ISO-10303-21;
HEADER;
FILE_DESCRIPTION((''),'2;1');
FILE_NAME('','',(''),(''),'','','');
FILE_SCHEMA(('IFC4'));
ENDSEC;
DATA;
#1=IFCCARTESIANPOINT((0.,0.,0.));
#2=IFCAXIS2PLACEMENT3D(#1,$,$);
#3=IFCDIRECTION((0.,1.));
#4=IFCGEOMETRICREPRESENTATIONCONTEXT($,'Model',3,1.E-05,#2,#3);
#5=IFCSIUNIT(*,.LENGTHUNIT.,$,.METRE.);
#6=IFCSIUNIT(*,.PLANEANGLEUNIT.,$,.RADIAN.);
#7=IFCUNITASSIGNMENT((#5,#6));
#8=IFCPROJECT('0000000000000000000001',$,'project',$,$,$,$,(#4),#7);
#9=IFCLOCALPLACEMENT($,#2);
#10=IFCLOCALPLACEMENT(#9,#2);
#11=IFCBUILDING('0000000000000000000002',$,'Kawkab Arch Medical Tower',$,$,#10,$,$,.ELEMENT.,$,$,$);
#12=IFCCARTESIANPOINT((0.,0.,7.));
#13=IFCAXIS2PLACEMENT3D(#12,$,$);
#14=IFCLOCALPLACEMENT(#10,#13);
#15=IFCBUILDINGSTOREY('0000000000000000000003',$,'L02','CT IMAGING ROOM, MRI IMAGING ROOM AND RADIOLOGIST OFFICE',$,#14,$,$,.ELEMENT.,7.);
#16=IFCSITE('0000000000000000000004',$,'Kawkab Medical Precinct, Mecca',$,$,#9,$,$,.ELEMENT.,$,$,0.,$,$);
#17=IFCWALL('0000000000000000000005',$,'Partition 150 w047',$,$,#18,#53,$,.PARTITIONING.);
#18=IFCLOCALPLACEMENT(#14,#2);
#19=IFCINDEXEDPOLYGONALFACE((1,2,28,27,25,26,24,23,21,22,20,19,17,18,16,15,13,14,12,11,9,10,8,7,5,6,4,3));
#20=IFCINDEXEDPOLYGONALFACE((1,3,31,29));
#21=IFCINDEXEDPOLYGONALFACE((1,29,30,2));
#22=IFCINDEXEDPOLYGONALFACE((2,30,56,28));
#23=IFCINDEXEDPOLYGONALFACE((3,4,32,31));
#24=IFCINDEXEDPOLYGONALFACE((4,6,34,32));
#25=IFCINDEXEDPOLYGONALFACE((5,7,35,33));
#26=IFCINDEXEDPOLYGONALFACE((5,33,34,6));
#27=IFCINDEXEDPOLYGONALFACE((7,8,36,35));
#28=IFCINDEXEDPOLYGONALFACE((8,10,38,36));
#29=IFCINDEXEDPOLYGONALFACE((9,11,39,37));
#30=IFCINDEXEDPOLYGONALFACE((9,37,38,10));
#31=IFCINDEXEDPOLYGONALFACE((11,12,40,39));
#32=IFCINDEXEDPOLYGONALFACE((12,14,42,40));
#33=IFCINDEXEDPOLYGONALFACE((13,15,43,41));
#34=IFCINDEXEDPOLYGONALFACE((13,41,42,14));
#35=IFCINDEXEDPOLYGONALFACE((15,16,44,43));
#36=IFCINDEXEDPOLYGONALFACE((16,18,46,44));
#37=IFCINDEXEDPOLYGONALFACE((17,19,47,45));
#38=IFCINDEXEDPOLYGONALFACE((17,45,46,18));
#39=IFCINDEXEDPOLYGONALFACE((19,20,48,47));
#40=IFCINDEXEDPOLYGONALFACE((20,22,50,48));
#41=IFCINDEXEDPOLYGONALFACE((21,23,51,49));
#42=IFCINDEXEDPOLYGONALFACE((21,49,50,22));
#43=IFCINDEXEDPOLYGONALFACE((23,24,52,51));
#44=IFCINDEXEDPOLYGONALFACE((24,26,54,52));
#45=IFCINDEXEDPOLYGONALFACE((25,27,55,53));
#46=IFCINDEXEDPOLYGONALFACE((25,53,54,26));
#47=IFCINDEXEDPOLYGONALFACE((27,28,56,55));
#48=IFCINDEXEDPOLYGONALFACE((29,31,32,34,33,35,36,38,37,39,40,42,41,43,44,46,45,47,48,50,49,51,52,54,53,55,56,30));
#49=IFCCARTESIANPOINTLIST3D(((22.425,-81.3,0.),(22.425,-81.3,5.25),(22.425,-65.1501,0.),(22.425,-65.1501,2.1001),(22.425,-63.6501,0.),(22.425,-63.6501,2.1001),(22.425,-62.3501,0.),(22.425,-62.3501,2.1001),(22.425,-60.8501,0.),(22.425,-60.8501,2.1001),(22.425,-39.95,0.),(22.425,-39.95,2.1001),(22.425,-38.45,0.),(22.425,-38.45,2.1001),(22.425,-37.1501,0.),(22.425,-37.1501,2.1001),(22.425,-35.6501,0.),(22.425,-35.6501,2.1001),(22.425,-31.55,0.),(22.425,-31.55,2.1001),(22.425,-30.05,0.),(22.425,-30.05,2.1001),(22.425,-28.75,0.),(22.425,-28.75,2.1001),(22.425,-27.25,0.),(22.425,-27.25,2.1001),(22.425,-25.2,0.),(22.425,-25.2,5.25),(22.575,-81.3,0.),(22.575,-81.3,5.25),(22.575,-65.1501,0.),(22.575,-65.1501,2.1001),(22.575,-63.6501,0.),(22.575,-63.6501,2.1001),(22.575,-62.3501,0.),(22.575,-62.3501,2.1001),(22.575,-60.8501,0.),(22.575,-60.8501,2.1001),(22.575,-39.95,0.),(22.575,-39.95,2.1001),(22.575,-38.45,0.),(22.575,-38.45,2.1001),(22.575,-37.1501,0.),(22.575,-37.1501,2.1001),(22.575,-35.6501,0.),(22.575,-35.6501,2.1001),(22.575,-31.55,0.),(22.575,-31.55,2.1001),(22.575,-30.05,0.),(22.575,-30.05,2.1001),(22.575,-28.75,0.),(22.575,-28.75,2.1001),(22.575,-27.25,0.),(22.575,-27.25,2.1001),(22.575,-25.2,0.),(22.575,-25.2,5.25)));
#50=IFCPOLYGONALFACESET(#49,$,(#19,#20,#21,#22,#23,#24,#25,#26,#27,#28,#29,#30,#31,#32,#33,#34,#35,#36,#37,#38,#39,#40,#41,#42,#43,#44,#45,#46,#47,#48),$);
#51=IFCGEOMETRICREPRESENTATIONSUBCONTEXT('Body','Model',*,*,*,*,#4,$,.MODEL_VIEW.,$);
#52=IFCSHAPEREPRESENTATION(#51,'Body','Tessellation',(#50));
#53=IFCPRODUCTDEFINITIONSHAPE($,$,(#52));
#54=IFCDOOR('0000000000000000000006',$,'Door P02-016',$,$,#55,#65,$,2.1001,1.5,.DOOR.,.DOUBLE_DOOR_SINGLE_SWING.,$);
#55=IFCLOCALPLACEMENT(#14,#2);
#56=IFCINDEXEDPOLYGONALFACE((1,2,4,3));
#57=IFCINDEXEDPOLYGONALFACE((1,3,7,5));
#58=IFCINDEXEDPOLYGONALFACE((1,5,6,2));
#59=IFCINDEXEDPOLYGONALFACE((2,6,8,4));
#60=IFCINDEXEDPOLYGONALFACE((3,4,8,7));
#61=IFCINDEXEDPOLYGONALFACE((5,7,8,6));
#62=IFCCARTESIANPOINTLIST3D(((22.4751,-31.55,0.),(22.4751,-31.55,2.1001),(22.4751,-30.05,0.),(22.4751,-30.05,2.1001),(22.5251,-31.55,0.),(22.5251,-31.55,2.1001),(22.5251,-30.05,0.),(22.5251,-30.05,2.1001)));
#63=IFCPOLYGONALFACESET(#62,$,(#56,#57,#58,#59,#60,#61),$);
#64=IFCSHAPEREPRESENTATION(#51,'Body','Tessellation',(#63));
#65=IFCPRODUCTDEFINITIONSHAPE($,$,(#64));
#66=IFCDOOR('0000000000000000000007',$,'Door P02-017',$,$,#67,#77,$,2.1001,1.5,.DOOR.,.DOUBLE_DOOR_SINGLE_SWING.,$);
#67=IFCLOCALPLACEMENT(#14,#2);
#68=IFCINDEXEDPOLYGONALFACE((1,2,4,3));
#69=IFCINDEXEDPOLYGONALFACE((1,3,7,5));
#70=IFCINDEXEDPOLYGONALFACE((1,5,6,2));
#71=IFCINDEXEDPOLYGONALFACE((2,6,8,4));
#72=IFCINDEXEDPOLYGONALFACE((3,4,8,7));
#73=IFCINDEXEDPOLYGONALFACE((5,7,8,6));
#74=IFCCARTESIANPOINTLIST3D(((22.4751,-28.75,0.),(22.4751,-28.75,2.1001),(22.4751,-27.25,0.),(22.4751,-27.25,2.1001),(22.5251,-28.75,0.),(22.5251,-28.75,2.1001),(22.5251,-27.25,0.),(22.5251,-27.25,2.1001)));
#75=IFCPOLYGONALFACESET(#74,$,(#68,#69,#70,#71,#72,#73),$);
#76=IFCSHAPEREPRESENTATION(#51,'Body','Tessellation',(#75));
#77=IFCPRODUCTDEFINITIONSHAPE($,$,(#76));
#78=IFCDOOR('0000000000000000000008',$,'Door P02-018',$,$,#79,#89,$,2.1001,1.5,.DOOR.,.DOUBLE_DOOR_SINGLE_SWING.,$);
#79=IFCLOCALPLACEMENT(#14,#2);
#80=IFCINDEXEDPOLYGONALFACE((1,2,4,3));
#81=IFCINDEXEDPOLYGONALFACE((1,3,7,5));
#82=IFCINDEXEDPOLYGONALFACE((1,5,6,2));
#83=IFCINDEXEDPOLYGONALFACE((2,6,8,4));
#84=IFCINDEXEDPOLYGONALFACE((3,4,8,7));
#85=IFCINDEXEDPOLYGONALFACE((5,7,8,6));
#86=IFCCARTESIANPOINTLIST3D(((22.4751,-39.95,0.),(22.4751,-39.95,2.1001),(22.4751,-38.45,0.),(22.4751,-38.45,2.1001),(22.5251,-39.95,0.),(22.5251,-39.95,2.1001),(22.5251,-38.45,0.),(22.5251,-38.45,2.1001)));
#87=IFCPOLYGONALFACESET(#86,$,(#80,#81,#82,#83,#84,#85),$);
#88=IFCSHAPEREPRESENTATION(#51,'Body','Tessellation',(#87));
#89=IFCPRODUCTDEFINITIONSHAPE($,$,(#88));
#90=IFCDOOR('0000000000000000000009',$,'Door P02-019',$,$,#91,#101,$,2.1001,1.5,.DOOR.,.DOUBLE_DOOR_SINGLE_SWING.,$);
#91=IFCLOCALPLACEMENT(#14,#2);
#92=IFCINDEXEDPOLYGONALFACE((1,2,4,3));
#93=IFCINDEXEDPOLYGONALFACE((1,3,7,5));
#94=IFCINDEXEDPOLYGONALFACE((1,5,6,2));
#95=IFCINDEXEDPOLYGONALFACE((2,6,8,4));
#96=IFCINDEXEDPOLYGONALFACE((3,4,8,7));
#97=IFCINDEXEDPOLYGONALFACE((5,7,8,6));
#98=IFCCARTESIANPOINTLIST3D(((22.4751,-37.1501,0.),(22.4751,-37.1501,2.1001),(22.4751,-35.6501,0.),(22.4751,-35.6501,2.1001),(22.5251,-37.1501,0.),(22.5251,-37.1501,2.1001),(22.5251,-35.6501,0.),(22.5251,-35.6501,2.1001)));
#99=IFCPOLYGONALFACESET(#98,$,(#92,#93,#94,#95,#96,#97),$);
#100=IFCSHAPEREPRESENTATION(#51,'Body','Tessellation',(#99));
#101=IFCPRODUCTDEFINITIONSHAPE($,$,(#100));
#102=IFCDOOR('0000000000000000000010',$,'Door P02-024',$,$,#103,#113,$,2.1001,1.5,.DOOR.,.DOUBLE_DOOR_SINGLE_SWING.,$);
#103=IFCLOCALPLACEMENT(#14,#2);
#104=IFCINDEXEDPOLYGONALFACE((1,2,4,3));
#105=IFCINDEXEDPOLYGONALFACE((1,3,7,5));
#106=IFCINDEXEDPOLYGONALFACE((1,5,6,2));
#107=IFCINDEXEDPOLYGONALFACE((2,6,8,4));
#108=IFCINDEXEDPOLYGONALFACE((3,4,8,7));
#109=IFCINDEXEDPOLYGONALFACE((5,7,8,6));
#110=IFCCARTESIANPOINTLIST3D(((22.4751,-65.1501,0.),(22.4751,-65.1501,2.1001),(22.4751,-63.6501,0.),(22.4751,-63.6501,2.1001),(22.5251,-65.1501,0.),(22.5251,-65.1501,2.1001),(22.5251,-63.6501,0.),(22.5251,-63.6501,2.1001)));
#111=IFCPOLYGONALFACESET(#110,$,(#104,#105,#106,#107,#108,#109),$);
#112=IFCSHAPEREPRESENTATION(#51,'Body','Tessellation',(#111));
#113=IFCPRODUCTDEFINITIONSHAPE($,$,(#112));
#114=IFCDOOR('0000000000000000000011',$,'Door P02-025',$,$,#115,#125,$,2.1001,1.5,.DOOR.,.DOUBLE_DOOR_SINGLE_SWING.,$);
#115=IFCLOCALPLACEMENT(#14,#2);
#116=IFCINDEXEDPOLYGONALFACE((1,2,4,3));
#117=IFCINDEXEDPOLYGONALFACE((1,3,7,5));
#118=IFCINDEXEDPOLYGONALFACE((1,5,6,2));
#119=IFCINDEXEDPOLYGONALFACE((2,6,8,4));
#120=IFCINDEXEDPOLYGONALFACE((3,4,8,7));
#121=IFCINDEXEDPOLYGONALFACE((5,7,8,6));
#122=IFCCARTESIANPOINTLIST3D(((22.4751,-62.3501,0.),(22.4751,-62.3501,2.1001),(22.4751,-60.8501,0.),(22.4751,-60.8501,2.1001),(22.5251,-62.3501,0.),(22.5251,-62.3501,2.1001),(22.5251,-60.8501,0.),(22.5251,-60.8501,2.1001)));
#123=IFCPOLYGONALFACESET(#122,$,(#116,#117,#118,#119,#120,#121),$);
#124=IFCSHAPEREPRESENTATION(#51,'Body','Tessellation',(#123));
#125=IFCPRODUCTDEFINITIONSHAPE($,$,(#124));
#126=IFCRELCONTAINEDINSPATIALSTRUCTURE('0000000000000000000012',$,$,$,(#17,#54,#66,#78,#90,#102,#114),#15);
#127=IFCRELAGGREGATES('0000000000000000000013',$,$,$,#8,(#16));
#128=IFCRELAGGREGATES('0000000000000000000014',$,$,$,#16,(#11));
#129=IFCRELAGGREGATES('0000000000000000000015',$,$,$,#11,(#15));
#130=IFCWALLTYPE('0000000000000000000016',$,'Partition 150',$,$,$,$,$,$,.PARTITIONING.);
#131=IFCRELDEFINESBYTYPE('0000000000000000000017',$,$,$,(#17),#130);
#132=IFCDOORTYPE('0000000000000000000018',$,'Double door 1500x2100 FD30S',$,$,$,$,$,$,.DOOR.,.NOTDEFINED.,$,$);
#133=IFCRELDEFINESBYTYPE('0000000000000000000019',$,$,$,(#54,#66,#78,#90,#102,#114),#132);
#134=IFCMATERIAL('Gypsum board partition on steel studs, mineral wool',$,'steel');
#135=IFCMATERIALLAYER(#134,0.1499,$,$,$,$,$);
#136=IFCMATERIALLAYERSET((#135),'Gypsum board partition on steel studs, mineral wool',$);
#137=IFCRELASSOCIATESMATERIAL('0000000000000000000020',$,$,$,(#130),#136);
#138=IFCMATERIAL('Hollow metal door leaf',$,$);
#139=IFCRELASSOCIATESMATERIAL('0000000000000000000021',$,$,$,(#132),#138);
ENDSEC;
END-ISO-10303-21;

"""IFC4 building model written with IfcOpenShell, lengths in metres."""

from ifc_helpers import new_model, si_unit, direction, frame, frame_2d, origin, place, context, subcontext, project, spatial, rectangle, extrude, material, layer, layer_set, type_object, element, fill, save


model = new_model("IFC4")

# Units and contexts
model_context = context("Model", 3, precision=1e-05, world=origin(), true_north=direction((0.0, 1.0)))
body_context = subcontext(model_context, "Body", "Model", "MODEL_VIEW")
ifc_project = project(units=[si_unit("LENGTHUNIT", "METRE"), si_unit("PLANEANGLEUNIT", "RADIAN")], contexts=[model_context])

# Site, building, storey
site_placement = place(None, origin())
site = spatial("IfcSite", under=ifc_project, at=site_placement, Name="Kawkab Medical Precinct, Mecca", CompositionType="ELEMENT", RefElevation=0.0)
building_placement = place(site_placement, origin())
building = spatial("IfcBuilding", under=site, at=building_placement, Name="Kawkab Arch Medical Tower", CompositionType="ELEMENT")
storey_placement = place(building_placement, frame((0.0, 0.0, 7.0)))
storey = spatial("IfcBuildingStorey", under=building, at=storey_placement, Name="L02", Description="CT IMAGING ROOM, MRI IMAGING ROOM AND RADIOLOGIST OFFICE", CompositionType="ELEMENT", Elevation=7.0)

# Shared definitions
ifc_material_1 = material(Name="Gypsum board partition on steel studs, mineral wool", Category="steel")
ifc_layer_1 = layer(ifc_material_1, 0.1499)
ifc_layer_set_1 = layer_set([ifc_layer_1], Name="Gypsum board partition on steel studs, mineral wool")
wall_type_1 = type_object("IfcWallType", Name="Partition 150", PredefinedType="PARTITIONING", material=ifc_layer_set_1)

# Wall, openings, doors
wall_1_placement = place(storey_placement, frame((22.5, -81.3, 0.0), z_axis=(0.0, 0.0, 1.0), x_axis=(0.0, 1.0, 0.0)))
wall_1 = element("IfcWall", 1, at=wall_1_placement, inside=storey, type_object=wall_type_1, Name="Partition 150 w047", PredefinedType="PARTITIONING", context=body_context, shape_type="SweptSolid", body=[
    extrude(rectangle(XDim=56.1001, YDim=0.1499, at=frame_2d((28.05, 0.0))), origin(), (0.0, 0.0, 1.0), 5.25),
])
opening_1_placement = place(wall_1_placement, frame((49.75, 0.0, 0.0)))
opening_1 = element("IfcOpeningElement", 2, at=opening_1_placement, cuts=wall_1, PredefinedType="OPENING", context=body_context, shape_type="SweptSolid", body=[
    extrude(rectangle(XDim=1.5, YDim=2.1001, at=frame_2d((0.75, 1.05))), frame((0.0, 0.085, 0.0), z_axis=(0.0, -1.0, 0.0), x_axis=(1.0, 0.0, 0.0)), (0.0, 0.0, 1.0), 0.1699),
])
opening_2_placement = place(wall_1_placement, frame((52.55, 0.0, 0.0)))
opening_2 = element("IfcOpeningElement", 3, at=opening_2_placement, cuts=wall_1, PredefinedType="OPENING", context=body_context, shape_type="SweptSolid", body=[
    extrude(rectangle(XDim=1.5, YDim=2.1001, at=frame_2d((0.75, 1.05))), frame((0.0, 0.085, 0.0), z_axis=(0.0, -1.0, 0.0), x_axis=(1.0, 0.0, 0.0)), (0.0, 0.0, 1.0), 0.1699),
])
opening_3_placement = place(wall_1_placement, frame((41.3501, 0.0, 0.0)))
opening_3 = element("IfcOpeningElement", 4, at=opening_3_placement, cuts=wall_1, PredefinedType="OPENING", context=body_context, shape_type="SweptSolid", body=[
    extrude(rectangle(XDim=1.5, YDim=2.1001, at=frame_2d((0.75, 1.05))), frame((0.0, 0.085, 0.0), z_axis=(0.0, -1.0, 0.0), x_axis=(1.0, 0.0, 0.0)), (0.0, 0.0, 1.0), 0.1699),
])
opening_4_placement = place(wall_1_placement, frame((44.1499, 0.0, 0.0)))
opening_4 = element("IfcOpeningElement", 5, at=opening_4_placement, cuts=wall_1, PredefinedType="OPENING", context=body_context, shape_type="SweptSolid", body=[
    extrude(rectangle(XDim=1.5, YDim=2.1001, at=frame_2d((0.75, 1.05))), frame((0.0, 0.085, 0.0), z_axis=(0.0, -1.0, 0.0), x_axis=(1.0, 0.0, 0.0)), (0.0, 0.0, 1.0), 0.1699),
])
opening_5_placement = place(wall_1_placement, frame((16.1499, 0.0, 0.0)))
opening_5 = element("IfcOpeningElement", 6, at=opening_5_placement, cuts=wall_1, PredefinedType="OPENING", context=body_context, shape_type="SweptSolid", body=[
    extrude(rectangle(XDim=1.5, YDim=2.1001, at=frame_2d((0.75, 1.05))), frame((0.0, 0.085, 0.0), z_axis=(0.0, -1.0, 0.0), x_axis=(1.0, 0.0, 0.0)), (0.0, 0.0, 1.0), 0.1699),
])
opening_6_placement = place(wall_1_placement, frame((18.95, 0.0, 0.0)))
opening_6 = element("IfcOpeningElement", 7, at=opening_6_placement, cuts=wall_1, PredefinedType="OPENING", context=body_context, shape_type="SweptSolid", body=[
    extrude(rectangle(XDim=1.5, YDim=2.1001, at=frame_2d((0.75, 1.05))), frame((0.0, 0.085, 0.0), z_axis=(0.0, -1.0, 0.0), x_axis=(1.0, 0.0, 0.0)), (0.0, 0.0, 1.0), 0.1699),
])
ifc_material_2 = material(Name="Hollow metal door leaf")
door_type_1 = type_object("IfcDoorType", Name="Double door 1500x2100 FD30S", OperationType="NOTDEFINED", PredefinedType="DOOR", material=ifc_material_2)
door_1_placement = place(opening_1_placement, origin())
door_1 = element("IfcDoor", 8, at=door_1_placement, inside=storey, type_object=door_type_1, Name="Door P02-016", OperationType="DOUBLE_DOOR_SINGLE_SWING", OverallHeight=2.1001, OverallWidth=1.5, PredefinedType="DOOR", context=body_context, shape_type="SweptSolid", body=[
    extrude(rectangle(XDim=1.5, YDim=2.1001, at=frame_2d((0.75, 1.05))), frame((0.0, 0.0249, 0.0), z_axis=(0.0, -1.0, 0.0), x_axis=(1.0, 0.0, 0.0)), (0.0, 0.0, 1.0), 0.05),
])
fill(opening_1, door_1)
door_2_placement = place(opening_2_placement, origin())
door_2 = element("IfcDoor", 9, at=door_2_placement, inside=storey, type_object=door_type_1, Name="Door P02-017", OperationType="DOUBLE_DOOR_SINGLE_SWING", OverallHeight=2.1001, OverallWidth=1.5, PredefinedType="DOOR", context=body_context, shape_type="SweptSolid", body=[
    extrude(rectangle(XDim=1.5, YDim=2.1001, at=frame_2d((0.75, 1.05))), frame((0.0, 0.0249, 0.0), z_axis=(0.0, -1.0, 0.0), x_axis=(1.0, 0.0, 0.0)), (0.0, 0.0, 1.0), 0.05),
])
fill(opening_2, door_2)
door_3_placement = place(opening_3_placement, origin())
door_3 = element("IfcDoor", 10, at=door_3_placement, inside=storey, type_object=door_type_1, Name="Door P02-018", OperationType="DOUBLE_DOOR_SINGLE_SWING", OverallHeight=2.1001, OverallWidth=1.5, PredefinedType="DOOR", context=body_context, shape_type="SweptSolid", body=[
    extrude(rectangle(XDim=1.5, YDim=2.1001, at=frame_2d((0.75, 1.05))), frame((0.0, 0.0249, 0.0), z_axis=(0.0, -1.0, 0.0), x_axis=(1.0, 0.0, 0.0)), (0.0, 0.0, 1.0), 0.05),
])
fill(opening_3, door_3)
door_4_placement = place(opening_4_placement, origin())
door_4 = element("IfcDoor", 11, at=door_4_placement, inside=storey, type_object=door_type_1, Name="Door P02-019", OperationType="DOUBLE_DOOR_SINGLE_SWING", OverallHeight=2.1001, OverallWidth=1.5, PredefinedType="DOOR", context=body_context, shape_type="SweptSolid", body=[
    extrude(rectangle(XDim=1.5, YDim=2.1001, at=frame_2d((0.75, 1.05))), frame((0.0, 0.0249, 0.0), z_axis=(0.0, -1.0, 0.0), x_axis=(1.0, 0.0, 0.0)), (0.0, 0.0, 1.0), 0.05),
])
fill(opening_4, door_4)
door_5_placement = place(opening_5_placement, origin())
door_5 = element("IfcDoor", 12, at=door_5_placement, inside=storey, type_object=door_type_1, Name="Door P02-024", OperationType="DOUBLE_DOOR_SINGLE_SWING", OverallHeight=2.1001, OverallWidth=1.5, PredefinedType="DOOR", context=body_context, shape_type="SweptSolid", body=[
    extrude(rectangle(XDim=1.5, YDim=2.1001, at=frame_2d((0.75, 1.05))), frame((0.0, 0.0249, 0.0), z_axis=(0.0, -1.0, 0.0), x_axis=(1.0, 0.0, 0.0)), (0.0, 0.0, 1.0), 0.05),
])
fill(opening_5, door_5)
door_6_placement = place(opening_6_placement, origin())
door_6 = element("IfcDoor", 13, at=door_6_placement, inside=storey, type_object=door_type_1, Name="Door P02-025", OperationType="DOUBLE_DOOR_SINGLE_SWING", OverallHeight=2.1001, OverallWidth=1.5, PredefinedType="DOOR", context=body_context, shape_type="SweptSolid", body=[
    extrude(rectangle(XDim=1.5, YDim=2.1001, at=frame_2d((0.75, 1.05))), frame((0.0, 0.0249, 0.0), z_axis=(0.0, -1.0, 0.0), x_axis=(1.0, 0.0, 0.0)), (0.0, 0.0, 1.0), 0.05),
])
fill(opening_6, door_6)

save(model, "model.ifc")
